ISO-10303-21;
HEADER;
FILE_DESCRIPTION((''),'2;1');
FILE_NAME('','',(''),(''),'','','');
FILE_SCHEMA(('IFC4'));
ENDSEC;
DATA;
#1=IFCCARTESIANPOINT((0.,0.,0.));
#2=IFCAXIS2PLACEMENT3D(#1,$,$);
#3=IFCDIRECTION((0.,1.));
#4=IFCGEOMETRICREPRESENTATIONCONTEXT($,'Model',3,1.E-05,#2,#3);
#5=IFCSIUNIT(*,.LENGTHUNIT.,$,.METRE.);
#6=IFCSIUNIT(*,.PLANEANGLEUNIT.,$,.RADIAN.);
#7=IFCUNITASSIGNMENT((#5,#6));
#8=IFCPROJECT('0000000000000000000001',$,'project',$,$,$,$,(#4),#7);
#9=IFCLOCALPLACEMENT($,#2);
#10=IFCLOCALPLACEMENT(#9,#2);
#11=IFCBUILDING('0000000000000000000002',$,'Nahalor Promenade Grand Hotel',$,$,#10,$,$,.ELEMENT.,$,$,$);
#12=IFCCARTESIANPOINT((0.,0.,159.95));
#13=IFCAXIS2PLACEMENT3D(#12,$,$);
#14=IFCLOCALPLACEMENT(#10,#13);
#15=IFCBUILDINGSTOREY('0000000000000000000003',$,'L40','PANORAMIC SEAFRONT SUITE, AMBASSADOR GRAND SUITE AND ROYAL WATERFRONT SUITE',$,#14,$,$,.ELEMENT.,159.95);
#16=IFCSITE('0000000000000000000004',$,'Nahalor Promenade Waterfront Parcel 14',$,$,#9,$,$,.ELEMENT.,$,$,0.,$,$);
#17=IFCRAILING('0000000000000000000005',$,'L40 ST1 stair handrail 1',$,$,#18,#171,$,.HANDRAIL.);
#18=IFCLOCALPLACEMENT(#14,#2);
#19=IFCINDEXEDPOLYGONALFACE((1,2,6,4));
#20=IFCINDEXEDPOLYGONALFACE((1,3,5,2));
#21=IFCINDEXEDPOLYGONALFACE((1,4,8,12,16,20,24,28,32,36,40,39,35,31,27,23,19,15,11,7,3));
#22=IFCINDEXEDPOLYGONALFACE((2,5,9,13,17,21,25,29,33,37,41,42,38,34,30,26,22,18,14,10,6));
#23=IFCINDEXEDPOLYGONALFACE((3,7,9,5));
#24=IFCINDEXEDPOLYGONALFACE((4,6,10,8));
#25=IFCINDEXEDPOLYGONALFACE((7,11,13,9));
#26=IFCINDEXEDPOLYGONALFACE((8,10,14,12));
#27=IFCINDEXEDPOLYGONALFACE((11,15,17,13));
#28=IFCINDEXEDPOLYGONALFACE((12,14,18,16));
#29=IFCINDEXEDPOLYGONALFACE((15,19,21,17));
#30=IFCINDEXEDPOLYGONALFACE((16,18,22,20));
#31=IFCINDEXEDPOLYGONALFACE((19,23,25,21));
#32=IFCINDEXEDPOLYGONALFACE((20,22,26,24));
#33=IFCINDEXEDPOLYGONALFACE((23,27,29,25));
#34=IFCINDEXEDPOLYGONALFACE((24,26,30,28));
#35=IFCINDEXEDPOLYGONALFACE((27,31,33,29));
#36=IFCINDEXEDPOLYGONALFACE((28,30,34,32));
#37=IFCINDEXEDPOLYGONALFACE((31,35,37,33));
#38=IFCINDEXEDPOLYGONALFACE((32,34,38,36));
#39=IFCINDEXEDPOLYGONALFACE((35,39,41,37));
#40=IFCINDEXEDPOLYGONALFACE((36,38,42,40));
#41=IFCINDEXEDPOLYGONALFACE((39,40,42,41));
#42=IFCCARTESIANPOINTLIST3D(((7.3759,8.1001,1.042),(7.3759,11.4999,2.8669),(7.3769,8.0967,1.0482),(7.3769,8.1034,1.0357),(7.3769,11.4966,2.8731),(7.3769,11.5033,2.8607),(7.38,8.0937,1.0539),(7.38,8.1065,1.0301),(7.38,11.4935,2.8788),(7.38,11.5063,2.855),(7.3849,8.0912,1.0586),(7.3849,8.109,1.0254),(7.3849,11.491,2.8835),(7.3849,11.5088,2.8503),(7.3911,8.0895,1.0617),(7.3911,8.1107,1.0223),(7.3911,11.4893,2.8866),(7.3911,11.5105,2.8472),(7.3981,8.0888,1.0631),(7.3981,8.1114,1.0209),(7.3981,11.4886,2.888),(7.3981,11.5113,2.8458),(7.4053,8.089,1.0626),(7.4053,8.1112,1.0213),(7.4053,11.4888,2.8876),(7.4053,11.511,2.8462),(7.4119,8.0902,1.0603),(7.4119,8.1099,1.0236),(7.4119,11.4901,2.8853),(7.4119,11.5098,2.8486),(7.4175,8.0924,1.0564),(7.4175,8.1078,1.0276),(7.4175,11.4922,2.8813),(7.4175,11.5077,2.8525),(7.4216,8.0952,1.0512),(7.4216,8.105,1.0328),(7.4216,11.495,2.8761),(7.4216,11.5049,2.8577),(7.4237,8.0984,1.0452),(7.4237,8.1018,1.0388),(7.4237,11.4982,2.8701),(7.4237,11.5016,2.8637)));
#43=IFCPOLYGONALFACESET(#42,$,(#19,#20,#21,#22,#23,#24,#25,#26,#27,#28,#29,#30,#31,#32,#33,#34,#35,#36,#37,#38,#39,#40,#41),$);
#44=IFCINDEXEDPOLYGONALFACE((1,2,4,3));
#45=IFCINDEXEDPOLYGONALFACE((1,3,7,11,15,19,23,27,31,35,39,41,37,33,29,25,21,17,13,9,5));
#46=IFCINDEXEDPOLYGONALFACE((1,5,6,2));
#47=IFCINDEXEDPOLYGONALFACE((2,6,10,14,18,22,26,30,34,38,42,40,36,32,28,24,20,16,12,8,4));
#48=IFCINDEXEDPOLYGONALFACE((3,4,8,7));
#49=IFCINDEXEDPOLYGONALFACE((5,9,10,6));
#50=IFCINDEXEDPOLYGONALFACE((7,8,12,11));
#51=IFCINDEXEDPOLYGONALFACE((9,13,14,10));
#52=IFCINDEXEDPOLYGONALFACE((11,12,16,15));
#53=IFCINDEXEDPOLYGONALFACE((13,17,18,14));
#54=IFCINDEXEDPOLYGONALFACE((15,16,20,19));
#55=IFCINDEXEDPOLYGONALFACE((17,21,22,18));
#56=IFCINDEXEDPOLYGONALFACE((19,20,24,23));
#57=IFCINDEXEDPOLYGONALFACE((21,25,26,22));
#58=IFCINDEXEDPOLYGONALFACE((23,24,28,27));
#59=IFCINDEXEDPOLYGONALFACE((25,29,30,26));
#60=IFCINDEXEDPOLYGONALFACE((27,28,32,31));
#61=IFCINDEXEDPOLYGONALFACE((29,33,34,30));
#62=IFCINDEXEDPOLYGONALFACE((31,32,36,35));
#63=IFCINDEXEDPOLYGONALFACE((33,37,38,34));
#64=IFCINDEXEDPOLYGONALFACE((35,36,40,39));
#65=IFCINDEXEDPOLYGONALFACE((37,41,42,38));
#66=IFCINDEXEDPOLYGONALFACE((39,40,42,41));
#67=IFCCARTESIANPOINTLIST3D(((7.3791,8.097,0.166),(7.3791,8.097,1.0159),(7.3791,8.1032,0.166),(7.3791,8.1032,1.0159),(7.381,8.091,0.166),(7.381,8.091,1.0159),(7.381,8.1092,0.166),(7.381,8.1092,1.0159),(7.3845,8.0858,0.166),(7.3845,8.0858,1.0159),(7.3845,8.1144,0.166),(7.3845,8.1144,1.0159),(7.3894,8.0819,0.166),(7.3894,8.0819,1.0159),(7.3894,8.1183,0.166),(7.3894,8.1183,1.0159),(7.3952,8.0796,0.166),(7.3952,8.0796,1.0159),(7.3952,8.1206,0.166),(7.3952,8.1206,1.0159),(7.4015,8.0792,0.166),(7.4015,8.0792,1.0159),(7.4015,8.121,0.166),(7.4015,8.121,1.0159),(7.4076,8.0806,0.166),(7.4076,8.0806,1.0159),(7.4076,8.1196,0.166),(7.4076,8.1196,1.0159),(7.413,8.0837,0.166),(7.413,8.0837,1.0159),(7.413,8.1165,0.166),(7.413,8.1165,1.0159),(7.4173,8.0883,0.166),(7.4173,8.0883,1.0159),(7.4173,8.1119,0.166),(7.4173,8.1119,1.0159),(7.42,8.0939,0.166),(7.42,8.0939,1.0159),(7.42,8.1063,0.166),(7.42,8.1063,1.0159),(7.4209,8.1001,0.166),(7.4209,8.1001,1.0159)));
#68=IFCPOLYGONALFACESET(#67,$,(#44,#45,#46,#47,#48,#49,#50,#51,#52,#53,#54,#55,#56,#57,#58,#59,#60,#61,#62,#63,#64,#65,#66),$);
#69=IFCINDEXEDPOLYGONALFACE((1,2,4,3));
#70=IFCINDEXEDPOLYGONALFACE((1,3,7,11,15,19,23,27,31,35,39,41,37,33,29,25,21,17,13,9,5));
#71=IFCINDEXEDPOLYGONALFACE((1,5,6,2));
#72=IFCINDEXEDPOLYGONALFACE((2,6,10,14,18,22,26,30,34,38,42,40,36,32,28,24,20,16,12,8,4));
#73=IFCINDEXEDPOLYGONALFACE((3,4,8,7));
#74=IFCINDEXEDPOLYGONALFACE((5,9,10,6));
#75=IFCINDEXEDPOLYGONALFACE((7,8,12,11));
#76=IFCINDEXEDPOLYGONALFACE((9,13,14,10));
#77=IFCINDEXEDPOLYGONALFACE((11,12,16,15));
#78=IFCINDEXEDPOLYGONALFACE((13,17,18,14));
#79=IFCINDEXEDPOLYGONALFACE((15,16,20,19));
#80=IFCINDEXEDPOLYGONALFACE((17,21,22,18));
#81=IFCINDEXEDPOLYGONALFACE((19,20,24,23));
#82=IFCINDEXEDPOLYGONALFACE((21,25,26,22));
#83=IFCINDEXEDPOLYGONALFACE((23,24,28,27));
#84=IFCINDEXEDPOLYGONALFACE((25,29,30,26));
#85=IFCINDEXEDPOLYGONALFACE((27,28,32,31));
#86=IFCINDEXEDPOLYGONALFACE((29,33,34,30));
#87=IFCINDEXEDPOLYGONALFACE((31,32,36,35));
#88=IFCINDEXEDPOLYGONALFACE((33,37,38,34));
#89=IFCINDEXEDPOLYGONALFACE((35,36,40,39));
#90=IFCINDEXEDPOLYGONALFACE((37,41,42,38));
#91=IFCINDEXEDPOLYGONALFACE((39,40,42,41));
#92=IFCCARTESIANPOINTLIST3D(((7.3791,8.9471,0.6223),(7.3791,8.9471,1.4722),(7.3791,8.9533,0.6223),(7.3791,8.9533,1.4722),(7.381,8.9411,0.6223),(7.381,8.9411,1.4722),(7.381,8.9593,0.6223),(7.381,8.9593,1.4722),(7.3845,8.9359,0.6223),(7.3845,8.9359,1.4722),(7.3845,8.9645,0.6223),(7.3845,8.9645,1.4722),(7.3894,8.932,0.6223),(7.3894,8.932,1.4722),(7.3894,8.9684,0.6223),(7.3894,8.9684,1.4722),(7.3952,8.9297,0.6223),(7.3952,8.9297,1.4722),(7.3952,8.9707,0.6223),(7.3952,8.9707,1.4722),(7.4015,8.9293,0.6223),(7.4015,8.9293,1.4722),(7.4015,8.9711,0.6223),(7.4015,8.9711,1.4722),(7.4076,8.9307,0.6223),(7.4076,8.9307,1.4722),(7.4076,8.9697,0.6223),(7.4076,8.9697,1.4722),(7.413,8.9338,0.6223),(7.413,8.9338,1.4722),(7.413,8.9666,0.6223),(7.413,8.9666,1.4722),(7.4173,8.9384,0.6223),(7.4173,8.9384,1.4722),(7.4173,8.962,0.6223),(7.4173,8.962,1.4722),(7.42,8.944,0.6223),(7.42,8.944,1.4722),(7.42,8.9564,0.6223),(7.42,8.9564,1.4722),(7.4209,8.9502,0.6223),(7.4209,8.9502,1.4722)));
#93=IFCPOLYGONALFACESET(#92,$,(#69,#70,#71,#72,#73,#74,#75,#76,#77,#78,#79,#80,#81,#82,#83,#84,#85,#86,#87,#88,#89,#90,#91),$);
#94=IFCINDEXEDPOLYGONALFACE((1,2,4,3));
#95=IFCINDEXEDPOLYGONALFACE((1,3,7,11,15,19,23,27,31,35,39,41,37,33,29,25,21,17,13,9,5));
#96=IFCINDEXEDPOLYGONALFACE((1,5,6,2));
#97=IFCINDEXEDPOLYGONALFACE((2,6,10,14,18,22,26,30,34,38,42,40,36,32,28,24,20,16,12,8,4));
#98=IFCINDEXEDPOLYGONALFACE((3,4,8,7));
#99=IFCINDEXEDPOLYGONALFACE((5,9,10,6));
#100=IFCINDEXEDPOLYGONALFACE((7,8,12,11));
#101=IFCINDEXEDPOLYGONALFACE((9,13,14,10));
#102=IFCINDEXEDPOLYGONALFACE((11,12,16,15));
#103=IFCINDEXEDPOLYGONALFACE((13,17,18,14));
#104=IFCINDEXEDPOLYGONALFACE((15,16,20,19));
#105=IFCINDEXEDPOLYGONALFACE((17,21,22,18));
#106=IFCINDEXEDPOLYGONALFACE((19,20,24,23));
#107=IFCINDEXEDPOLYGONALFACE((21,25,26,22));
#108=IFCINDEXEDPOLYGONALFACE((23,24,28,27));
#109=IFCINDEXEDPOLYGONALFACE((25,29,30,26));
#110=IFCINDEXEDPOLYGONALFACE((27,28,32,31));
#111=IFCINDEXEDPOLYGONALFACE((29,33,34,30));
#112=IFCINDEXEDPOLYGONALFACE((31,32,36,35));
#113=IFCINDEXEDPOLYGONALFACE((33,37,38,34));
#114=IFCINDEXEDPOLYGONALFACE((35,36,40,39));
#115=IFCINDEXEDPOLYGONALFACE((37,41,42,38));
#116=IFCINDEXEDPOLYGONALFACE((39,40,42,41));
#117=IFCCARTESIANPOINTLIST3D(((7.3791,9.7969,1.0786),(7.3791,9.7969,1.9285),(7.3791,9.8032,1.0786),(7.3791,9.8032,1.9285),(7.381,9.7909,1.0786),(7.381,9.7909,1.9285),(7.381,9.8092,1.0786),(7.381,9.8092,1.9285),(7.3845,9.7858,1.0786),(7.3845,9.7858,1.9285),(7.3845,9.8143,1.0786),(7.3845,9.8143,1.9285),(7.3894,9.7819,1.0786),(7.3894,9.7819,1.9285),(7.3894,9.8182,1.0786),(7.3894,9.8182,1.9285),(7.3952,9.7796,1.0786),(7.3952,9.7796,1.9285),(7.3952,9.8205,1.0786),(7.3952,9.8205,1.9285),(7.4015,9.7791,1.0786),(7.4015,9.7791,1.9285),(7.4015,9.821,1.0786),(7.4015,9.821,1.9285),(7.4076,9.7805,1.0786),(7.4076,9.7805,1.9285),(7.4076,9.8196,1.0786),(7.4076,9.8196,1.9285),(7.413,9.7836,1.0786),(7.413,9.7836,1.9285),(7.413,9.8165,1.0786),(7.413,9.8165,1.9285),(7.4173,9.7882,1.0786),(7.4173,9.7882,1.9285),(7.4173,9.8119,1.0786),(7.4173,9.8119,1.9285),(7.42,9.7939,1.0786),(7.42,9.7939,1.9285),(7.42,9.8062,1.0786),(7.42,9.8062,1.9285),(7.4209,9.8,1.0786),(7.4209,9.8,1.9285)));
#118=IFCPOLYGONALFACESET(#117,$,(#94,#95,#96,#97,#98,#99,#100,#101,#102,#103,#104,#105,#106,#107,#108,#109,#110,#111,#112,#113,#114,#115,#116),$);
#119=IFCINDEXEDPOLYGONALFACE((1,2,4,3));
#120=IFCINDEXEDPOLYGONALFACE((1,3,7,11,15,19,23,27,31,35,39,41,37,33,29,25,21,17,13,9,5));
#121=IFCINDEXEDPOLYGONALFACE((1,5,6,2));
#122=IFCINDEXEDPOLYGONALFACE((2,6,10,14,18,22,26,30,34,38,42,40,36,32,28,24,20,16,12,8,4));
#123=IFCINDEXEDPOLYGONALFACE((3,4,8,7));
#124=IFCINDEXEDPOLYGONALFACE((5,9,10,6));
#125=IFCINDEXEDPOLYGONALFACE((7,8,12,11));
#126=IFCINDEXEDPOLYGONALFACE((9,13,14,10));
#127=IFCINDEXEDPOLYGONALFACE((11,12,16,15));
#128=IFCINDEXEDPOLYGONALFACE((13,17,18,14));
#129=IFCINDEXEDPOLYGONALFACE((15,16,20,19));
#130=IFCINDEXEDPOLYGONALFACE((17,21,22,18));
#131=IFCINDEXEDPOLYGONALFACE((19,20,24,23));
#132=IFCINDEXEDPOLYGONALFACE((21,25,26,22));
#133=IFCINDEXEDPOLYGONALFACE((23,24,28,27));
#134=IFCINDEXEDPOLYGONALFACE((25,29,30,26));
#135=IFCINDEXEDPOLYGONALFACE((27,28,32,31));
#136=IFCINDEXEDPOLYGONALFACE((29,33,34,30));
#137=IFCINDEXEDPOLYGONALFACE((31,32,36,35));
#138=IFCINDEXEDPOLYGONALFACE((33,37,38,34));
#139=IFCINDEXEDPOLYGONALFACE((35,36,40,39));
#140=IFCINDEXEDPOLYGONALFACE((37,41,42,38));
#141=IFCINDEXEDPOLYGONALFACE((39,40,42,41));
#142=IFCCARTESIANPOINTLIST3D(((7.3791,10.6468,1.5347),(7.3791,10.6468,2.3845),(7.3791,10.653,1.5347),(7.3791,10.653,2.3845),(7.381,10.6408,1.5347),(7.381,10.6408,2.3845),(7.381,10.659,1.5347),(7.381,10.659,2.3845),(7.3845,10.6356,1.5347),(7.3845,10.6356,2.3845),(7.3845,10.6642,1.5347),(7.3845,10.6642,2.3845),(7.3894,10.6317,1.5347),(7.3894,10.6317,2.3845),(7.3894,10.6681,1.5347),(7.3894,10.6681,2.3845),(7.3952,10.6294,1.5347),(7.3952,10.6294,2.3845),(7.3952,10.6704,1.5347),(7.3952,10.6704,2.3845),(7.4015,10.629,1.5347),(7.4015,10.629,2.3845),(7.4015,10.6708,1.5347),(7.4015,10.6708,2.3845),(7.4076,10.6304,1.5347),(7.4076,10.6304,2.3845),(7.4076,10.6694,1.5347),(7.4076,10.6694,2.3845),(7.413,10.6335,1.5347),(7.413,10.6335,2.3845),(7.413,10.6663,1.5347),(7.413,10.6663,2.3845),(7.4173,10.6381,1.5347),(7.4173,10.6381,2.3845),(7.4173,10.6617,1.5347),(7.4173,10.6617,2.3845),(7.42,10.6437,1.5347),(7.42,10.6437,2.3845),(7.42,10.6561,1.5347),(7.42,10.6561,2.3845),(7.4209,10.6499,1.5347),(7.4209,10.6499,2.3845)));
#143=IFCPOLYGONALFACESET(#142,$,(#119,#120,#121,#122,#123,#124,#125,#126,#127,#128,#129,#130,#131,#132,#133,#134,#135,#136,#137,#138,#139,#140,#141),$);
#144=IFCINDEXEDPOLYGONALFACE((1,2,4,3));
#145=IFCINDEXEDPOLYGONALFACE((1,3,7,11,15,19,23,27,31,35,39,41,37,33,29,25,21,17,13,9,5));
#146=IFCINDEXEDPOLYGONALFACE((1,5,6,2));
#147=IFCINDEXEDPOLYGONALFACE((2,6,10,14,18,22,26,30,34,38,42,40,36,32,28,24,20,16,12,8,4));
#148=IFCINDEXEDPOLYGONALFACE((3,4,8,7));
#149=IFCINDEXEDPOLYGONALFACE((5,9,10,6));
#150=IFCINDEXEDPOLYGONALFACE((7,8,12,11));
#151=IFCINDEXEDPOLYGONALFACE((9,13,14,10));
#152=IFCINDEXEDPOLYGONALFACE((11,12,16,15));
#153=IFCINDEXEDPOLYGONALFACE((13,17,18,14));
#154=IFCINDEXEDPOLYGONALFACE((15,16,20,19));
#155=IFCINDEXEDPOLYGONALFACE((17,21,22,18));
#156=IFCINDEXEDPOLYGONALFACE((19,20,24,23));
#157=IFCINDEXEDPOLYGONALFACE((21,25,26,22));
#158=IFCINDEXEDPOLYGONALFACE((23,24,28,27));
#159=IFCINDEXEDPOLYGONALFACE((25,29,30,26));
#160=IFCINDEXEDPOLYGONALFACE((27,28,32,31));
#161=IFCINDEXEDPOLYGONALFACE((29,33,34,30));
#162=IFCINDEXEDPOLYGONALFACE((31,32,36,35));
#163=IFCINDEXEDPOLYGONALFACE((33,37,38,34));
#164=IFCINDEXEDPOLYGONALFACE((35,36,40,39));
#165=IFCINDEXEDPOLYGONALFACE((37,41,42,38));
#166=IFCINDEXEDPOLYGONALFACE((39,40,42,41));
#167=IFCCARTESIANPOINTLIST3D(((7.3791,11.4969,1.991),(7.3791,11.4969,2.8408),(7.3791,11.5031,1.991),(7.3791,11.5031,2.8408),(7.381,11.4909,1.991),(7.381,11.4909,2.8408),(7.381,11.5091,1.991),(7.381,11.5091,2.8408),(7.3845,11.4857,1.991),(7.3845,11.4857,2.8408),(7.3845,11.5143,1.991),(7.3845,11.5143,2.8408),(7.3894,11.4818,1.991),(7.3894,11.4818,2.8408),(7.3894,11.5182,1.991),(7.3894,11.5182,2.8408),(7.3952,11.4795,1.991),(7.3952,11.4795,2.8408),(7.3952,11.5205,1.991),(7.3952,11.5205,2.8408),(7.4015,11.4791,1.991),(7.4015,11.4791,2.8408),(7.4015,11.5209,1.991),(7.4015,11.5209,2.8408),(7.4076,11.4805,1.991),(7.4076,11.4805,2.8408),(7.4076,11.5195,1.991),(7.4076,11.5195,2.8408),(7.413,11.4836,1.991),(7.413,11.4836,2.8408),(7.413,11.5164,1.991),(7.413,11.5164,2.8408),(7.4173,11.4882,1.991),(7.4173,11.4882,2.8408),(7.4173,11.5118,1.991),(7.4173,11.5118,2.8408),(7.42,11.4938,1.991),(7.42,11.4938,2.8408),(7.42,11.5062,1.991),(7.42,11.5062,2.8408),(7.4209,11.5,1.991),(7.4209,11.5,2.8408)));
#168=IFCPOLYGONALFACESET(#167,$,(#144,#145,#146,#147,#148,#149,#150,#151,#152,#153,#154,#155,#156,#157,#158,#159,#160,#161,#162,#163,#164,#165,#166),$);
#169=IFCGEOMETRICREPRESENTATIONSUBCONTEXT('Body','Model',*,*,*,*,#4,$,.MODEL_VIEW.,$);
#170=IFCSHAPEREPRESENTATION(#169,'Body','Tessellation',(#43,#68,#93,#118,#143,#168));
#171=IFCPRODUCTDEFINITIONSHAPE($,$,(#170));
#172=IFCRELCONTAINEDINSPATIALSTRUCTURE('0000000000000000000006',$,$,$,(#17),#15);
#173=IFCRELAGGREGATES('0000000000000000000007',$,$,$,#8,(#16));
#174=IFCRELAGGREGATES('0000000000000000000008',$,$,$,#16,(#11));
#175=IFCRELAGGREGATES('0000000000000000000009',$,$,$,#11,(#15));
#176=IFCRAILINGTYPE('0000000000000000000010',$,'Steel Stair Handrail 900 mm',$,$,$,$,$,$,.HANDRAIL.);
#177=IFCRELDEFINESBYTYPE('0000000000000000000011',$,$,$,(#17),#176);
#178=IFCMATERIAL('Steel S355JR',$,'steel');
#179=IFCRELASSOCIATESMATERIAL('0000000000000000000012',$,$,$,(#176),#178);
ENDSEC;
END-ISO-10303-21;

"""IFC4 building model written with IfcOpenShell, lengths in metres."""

from ifc_helpers import new_model, si_unit, direction, frame, origin, origin_2d, place, context, subcontext, project, spatial, circle, extrude, material, type_object, element, save


model = new_model("IFC4")

# Units and contexts
model_context = context("Model", 3, precision=1e-05, world=origin(), true_north=direction((0.0, 1.0)))
body_context = subcontext(model_context, "Body", "Model", "MODEL_VIEW")
ifc_project = project(units=[si_unit("LENGTHUNIT", "METRE"), si_unit("PLANEANGLEUNIT", "RADIAN")], contexts=[model_context])

# Site, building, storey
site_placement = place(None, origin())
site = spatial("IfcSite", under=ifc_project, at=site_placement, Name="Nahalor Promenade Waterfront Parcel 14", CompositionType="ELEMENT", RefElevation=0.0)
building_placement = place(site_placement, origin())
building = spatial("IfcBuilding", under=site, at=building_placement, Name="Nahalor Promenade Grand Hotel", CompositionType="ELEMENT")
storey_placement = place(building_placement, frame((0.0, 0.0, 159.95)))
storey = spatial("IfcBuildingStorey", under=building, at=storey_placement, Name="L40", Description="PANORAMIC SEAFRONT SUITE, AMBASSADOR GRAND SUITE AND ROYAL WATERFRONT SUITE", CompositionType="ELEMENT", Elevation=159.95)

# Shared definitions
ifc_material_1 = material(Name="Steel S355JR", Category="steel")

# Railing
railing_type_1 = type_object("IfcRailingType", Name="Steel Stair Handrail 900 mm", PredefinedType="HANDRAIL", material=ifc_material_1)
railing_1_placement = place(storey_placement, frame((7.3999, 8.1001, 0.166)))
element("IfcRailing", 1, at=railing_1_placement, inside=storey, type_object=railing_type_1, Name="L40 ST1 stair handrail 1", PredefinedType="HANDRAIL", context=body_context, shape_type="SweptSolid", body=[
    extrude(circle(Radius=0.024, at=origin_2d()), frame((0.0, 0.0, 0.876), z_axis=(0.0, 0.881094, 0.472941), x_axis=(-1.0, 0.0, 0.0)), (0.0, 0.0, 1.0), 3.8586),
    extrude(circle(Radius=0.021, at=origin_2d()), origin(), (0.0, 0.0, 1.0), 0.8499),
    extrude(circle(Radius=0.021, at=origin_2d()), frame((0.0, 0.8501, 0.4563)), (0.0, 0.0, 1.0), 0.8499),
    extrude(circle(Radius=0.021, at=origin_2d()), frame((0.0, 1.7, 0.9126)), (0.0, 0.0, 1.0), 0.8499),
    extrude(circle(Radius=0.021, at=origin_2d()), frame((0.0, 2.5498, 1.3687)), (0.0, 0.0, 1.0), 0.8499),
    extrude(circle(Radius=0.021, at=origin_2d()), frame((0.0, 3.3999, 1.825)), (0.0, 0.0, 1.0), 0.8499),
])

save(model, "model.ifc")
